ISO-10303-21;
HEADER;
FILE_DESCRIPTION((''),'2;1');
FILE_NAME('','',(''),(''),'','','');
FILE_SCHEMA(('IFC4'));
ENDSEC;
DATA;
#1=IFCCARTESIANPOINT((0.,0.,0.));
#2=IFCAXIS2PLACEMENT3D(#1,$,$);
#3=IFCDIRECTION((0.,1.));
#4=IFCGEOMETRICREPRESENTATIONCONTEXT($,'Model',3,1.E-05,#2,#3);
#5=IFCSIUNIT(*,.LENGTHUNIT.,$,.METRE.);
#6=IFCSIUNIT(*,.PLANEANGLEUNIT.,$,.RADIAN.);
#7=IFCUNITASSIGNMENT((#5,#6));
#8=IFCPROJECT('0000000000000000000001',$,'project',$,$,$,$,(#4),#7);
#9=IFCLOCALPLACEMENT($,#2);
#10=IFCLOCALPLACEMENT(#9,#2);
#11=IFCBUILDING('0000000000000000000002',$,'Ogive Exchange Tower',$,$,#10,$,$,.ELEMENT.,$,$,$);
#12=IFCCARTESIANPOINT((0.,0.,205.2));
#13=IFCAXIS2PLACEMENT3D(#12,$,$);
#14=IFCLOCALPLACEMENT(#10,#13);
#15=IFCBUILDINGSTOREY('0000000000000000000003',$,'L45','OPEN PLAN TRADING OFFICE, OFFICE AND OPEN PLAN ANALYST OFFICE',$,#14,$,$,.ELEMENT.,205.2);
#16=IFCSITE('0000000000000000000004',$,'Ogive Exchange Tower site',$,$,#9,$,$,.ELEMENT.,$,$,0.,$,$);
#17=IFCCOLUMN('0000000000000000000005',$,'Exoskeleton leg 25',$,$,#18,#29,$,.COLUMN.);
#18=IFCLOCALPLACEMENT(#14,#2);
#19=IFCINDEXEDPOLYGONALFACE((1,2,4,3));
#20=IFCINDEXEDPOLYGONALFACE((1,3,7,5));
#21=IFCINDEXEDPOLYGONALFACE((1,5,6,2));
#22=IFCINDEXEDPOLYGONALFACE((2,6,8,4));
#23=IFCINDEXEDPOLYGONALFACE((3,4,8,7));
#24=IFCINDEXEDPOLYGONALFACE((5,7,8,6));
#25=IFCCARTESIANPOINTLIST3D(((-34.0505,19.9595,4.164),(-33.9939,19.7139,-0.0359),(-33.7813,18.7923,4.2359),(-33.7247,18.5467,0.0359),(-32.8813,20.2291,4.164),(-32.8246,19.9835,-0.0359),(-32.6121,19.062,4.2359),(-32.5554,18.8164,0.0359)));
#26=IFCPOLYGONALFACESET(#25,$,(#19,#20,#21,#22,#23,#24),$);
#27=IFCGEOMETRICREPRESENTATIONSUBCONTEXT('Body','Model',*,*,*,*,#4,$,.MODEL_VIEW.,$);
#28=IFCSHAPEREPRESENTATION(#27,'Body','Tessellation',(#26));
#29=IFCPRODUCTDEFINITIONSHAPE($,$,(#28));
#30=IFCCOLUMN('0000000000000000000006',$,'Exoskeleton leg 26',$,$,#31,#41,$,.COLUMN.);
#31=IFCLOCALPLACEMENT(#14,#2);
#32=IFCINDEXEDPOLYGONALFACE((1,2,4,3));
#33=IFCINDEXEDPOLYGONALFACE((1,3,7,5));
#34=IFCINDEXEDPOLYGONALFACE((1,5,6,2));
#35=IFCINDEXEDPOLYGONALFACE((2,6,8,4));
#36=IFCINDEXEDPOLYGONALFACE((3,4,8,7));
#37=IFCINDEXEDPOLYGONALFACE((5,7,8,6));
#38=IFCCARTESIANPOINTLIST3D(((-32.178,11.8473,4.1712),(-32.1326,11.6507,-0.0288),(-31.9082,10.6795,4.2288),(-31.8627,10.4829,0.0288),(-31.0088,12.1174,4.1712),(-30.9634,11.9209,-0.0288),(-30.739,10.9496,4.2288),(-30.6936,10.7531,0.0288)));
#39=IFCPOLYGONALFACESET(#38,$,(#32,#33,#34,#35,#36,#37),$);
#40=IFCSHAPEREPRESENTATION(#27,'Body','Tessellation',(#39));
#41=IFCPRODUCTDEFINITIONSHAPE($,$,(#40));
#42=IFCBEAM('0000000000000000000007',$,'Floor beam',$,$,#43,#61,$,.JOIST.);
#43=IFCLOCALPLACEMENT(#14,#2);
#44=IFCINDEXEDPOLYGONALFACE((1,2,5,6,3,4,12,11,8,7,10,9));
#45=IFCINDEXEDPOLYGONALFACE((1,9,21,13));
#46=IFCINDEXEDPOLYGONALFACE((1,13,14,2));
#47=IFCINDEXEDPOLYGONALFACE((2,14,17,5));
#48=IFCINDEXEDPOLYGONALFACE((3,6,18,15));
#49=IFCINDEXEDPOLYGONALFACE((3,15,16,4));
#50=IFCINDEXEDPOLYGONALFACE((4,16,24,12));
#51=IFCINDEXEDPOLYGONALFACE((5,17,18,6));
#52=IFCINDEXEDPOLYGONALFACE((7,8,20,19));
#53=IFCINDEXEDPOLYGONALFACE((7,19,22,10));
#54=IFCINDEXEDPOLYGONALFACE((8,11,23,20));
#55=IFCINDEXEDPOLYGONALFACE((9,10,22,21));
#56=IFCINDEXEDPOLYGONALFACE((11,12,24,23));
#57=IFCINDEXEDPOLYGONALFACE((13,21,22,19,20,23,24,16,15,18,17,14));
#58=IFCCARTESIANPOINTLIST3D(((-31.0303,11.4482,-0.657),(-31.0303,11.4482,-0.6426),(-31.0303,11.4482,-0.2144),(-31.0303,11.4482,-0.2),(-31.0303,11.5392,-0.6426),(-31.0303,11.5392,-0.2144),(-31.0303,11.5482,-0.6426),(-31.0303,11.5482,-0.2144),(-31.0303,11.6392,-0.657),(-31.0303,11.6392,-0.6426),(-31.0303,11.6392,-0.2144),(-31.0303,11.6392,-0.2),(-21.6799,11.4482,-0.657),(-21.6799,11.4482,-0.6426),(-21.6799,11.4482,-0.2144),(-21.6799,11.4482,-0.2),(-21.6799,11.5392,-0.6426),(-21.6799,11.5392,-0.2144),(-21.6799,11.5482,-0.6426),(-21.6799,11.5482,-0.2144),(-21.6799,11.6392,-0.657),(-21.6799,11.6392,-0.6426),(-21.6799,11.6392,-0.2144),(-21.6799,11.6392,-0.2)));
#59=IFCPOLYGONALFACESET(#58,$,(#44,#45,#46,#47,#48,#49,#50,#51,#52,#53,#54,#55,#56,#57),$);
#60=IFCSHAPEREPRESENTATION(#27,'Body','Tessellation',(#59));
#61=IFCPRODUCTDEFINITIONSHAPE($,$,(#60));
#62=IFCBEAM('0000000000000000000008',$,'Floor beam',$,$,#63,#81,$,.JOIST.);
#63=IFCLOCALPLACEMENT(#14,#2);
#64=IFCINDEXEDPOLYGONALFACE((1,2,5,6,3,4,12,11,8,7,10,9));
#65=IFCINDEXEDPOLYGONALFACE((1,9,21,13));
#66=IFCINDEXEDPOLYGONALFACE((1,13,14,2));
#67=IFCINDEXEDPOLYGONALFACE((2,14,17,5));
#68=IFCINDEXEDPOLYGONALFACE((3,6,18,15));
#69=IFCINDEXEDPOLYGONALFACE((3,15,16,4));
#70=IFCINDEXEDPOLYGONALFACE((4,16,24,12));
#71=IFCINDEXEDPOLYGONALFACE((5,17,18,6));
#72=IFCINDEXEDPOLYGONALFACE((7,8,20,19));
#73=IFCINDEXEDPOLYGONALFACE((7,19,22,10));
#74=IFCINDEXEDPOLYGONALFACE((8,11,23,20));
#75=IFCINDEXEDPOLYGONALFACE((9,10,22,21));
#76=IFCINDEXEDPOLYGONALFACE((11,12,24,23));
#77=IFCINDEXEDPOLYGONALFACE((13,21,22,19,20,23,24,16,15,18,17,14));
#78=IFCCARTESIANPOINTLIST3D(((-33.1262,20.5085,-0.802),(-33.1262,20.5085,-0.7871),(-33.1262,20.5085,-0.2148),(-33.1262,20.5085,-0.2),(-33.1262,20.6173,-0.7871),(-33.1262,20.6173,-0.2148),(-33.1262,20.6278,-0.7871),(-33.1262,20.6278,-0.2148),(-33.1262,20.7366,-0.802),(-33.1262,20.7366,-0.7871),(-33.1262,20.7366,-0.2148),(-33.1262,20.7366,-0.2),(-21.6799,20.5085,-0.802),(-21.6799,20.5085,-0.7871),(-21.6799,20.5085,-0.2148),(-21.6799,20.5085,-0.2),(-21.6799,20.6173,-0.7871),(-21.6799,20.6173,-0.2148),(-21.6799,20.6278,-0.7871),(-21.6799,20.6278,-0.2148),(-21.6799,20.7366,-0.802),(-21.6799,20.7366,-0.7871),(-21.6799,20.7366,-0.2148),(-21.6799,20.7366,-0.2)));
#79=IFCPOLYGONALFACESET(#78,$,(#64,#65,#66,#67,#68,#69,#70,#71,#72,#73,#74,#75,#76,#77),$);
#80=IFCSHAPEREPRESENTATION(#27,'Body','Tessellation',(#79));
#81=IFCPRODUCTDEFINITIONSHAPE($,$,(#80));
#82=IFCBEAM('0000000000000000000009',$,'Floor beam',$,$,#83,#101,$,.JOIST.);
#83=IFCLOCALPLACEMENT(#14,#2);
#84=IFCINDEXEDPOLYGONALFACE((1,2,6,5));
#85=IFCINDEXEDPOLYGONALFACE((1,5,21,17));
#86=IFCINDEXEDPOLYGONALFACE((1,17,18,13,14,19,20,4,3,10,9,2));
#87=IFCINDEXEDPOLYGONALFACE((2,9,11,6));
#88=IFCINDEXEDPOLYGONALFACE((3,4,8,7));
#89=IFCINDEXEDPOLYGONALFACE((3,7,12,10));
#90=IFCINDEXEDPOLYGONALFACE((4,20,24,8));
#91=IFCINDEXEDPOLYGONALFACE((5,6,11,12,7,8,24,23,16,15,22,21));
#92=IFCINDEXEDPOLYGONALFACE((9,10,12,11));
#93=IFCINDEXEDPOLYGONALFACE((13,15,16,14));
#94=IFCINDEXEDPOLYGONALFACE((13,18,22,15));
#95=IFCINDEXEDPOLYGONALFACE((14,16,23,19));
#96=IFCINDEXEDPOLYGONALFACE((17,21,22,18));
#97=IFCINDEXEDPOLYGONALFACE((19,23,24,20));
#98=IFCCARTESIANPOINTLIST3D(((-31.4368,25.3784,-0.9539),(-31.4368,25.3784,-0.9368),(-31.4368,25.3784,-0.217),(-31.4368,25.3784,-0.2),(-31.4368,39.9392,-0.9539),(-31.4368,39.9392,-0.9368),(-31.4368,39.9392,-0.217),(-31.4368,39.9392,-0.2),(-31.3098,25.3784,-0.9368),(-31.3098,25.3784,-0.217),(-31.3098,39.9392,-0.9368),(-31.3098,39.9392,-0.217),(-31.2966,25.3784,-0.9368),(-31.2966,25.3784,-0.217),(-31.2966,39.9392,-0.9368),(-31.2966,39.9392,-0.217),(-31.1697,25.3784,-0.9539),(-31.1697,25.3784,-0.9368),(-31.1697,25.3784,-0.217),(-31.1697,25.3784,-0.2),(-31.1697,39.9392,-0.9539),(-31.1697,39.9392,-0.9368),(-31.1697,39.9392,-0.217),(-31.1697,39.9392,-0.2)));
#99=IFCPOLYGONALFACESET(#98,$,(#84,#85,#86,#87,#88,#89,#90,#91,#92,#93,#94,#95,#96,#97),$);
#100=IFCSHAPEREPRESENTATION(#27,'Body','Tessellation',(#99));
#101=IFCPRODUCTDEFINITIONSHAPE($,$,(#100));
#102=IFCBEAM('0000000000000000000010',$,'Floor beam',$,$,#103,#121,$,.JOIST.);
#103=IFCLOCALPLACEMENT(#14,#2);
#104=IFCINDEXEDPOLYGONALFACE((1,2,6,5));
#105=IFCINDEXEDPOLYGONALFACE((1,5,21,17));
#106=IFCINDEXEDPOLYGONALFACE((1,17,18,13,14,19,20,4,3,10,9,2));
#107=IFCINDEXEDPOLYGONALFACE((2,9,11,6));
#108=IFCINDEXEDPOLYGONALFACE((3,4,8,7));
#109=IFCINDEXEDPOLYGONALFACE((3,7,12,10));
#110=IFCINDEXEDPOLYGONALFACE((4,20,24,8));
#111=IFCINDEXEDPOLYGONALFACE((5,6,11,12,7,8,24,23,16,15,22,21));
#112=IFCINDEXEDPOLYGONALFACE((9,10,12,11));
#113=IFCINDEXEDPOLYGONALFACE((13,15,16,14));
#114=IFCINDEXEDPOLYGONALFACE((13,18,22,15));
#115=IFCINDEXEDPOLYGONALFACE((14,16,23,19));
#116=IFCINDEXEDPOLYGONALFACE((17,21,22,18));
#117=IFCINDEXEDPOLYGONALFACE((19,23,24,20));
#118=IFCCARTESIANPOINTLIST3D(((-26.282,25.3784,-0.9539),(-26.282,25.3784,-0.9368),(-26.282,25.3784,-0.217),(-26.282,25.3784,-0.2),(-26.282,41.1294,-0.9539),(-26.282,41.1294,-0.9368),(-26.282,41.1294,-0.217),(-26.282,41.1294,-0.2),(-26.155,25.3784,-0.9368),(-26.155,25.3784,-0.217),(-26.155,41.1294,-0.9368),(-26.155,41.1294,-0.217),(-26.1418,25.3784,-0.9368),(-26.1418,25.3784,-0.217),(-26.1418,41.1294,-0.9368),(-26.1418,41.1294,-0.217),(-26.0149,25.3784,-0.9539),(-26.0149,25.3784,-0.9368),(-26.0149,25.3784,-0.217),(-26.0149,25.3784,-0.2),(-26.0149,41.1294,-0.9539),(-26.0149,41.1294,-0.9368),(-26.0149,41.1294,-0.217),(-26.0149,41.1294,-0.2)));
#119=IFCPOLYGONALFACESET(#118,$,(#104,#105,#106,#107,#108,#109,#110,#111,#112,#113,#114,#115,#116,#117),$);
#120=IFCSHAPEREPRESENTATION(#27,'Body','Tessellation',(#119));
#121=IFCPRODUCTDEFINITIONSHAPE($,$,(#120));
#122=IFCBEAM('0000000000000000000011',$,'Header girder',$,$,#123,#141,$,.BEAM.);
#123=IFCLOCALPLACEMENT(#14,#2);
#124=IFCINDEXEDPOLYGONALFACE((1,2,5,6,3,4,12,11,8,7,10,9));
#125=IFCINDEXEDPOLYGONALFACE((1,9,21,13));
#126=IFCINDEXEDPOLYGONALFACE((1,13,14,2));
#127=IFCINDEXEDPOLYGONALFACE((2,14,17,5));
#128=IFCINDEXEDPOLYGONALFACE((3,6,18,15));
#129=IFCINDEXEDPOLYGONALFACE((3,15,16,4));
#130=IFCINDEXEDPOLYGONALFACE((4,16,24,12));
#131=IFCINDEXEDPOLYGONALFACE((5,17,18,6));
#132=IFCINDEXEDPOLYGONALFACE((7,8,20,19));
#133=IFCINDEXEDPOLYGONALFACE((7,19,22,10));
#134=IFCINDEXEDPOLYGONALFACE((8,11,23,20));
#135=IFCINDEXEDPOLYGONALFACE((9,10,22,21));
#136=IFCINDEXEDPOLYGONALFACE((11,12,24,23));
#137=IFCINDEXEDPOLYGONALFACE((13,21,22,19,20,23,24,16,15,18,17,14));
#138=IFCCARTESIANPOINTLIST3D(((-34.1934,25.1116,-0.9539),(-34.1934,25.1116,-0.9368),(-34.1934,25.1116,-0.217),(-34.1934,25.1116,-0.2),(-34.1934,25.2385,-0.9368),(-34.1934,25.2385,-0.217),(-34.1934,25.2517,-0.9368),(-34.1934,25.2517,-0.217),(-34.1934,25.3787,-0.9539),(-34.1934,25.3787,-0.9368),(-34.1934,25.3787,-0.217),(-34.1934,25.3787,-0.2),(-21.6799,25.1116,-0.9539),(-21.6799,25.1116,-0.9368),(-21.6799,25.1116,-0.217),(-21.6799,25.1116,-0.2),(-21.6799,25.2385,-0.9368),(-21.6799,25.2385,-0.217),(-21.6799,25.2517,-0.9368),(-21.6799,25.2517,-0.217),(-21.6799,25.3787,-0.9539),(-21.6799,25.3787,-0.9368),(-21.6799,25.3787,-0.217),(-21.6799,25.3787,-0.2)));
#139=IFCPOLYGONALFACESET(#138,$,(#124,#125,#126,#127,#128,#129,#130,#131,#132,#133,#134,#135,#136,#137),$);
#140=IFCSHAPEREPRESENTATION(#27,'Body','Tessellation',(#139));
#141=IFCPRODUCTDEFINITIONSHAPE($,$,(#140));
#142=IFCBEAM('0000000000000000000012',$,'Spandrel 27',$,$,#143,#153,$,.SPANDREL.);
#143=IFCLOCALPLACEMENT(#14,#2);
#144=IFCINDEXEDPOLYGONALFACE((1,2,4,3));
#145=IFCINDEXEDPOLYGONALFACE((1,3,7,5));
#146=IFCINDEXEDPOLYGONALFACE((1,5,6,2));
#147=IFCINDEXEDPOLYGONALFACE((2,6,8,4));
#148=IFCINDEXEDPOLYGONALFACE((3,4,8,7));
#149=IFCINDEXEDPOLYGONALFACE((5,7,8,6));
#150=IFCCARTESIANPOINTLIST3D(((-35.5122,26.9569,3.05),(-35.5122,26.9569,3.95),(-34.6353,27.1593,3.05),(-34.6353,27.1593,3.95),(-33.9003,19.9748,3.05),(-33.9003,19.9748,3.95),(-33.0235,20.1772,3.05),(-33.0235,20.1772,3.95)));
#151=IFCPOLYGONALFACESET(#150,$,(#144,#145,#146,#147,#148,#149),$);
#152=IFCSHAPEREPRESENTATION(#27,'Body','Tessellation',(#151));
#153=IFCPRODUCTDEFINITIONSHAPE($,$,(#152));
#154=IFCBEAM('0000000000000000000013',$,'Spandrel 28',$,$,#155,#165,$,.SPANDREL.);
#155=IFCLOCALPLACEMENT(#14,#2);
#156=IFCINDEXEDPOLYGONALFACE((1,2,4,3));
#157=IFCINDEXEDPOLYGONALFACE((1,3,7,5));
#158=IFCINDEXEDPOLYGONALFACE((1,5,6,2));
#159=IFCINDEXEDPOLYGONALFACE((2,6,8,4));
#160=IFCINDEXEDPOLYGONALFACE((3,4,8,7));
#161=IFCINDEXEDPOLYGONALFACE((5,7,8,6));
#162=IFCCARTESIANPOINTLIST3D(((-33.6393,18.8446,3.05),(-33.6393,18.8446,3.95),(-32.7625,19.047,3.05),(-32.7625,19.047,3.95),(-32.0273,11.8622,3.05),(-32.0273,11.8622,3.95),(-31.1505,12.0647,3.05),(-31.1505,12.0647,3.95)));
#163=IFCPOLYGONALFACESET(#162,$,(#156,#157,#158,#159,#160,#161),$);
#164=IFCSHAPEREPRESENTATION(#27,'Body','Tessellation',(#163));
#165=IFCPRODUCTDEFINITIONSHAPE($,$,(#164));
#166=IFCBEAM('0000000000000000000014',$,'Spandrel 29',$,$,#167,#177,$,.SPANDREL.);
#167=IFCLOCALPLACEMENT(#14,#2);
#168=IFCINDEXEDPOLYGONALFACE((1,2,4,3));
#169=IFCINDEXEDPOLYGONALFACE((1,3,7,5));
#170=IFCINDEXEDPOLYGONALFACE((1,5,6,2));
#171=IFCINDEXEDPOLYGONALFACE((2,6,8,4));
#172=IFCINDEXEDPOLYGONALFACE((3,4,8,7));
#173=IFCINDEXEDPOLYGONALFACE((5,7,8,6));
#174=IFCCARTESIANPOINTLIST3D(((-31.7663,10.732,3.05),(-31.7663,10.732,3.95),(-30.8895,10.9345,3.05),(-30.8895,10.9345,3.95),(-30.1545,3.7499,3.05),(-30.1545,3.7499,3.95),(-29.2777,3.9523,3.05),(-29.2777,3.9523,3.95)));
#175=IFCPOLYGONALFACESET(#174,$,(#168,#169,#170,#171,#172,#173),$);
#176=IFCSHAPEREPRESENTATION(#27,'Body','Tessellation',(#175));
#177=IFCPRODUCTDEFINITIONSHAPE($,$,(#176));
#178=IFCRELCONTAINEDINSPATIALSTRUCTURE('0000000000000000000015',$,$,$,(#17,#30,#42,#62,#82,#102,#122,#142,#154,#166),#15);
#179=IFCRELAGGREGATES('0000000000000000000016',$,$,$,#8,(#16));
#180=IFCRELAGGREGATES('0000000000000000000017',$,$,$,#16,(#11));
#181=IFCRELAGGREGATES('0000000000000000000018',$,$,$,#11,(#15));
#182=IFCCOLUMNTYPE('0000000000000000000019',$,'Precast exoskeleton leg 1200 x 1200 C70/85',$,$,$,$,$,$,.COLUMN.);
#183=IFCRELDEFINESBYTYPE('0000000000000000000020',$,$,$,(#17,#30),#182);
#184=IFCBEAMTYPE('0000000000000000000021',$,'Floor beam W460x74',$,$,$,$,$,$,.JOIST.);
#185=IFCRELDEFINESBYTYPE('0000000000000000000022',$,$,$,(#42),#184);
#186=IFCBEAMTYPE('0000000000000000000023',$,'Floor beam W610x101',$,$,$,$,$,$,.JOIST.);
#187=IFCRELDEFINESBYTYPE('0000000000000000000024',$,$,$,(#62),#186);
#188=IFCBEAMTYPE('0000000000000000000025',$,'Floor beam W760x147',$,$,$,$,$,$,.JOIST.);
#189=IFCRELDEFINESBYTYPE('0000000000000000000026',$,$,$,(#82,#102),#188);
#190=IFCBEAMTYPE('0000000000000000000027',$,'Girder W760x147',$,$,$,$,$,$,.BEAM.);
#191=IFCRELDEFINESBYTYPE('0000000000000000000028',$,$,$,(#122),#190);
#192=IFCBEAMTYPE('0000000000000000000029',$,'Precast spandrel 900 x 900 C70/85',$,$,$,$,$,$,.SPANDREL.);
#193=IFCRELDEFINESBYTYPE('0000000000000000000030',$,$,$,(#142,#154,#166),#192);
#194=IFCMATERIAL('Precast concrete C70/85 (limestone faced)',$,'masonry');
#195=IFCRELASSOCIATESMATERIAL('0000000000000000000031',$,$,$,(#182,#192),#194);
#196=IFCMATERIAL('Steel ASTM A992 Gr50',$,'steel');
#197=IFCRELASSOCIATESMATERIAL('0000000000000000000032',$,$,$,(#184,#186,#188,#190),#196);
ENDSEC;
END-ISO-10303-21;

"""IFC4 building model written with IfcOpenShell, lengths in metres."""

from ifc_helpers import new_model, si_unit, direction, frame, origin, origin_2d, place, context, subcontext, project, spatial, rectangle, i_section, extrude, material, material_profile, profile_set, type_object, element, save


model = new_model("IFC4")

# Units and contexts
model_context = context("Model", 3, precision=1e-05, world=origin(), true_north=direction((0.0, 1.0)))
body_context = subcontext(model_context, "Body", "Model", "MODEL_VIEW")
ifc_project = project(units=[si_unit("LENGTHUNIT", "METRE"), si_unit("PLANEANGLEUNIT", "RADIAN")], contexts=[model_context])

# Site, building, storey
site_placement = place(None, origin())
site = spatial("IfcSite", under=ifc_project, at=site_placement, Name="Ogive Exchange Tower site", CompositionType="ELEMENT", RefElevation=0.0)
building_placement = place(site_placement, origin())
building = spatial("IfcBuilding", under=site, at=building_placement, Name="Ogive Exchange Tower", CompositionType="ELEMENT")
storey_placement = place(building_placement, frame((0.0, 0.0, 205.2)))
storey = spatial("IfcBuildingStorey", under=building, at=storey_placement, Name="L45", Description="OPEN PLAN TRADING OFFICE, OFFICE AND OPEN PLAN ANALYST OFFICE", CompositionType="ELEMENT", Elevation=205.2)

# Columns
ifc_material_1 = material(Name="Precast concrete C70/85 (limestone faced)", Category="masonry")
ifc_material_profile_1 = material_profile(ifc_material_1, rectangle(XDim=1.2, YDim=1.2, at=origin_2d()), Name="1200 x 1200")
ifc_profile_set_1 = profile_set([ifc_material_profile_1], Name="Precast concrete C70/85 (limestone faced)")
column_type = type_object("IfcColumnType", Name="Precast exoskeleton leg 1200 x 1200 C70/85", PredefinedType="COLUMN", material=ifc_profile_set_1)
column_1_placement = place(storey_placement, frame((-33.2747, 19.2651, 0.0), z_axis=(-0.013462, 0.058373, 0.998204), x_axis=(-0.974424, -0.224718, 0.0)))
element("IfcColumn", 1, at=column_1_placement, inside=storey, type_object=column_type, Name="Exoskeleton leg 25", PredefinedType="COLUMN", context=body_context, shape_type="SweptSolid", body=[
    extrude(rectangle(XDim=1.2, YDim=1.2, at=origin_2d()), origin(), (0.0, 0.0, 1.0), 4.2075),
])
column_2_placement = place(storey_placement, frame((-31.4131, 11.2019, 0.0), z_axis=(-0.0108, 0.04674, 0.998849), x_axis=(-0.97433, -0.225125, 0.0)))
element("IfcColumn", 2, at=column_2_placement, inside=storey, type_object=column_type, Name="Exoskeleton leg 26", PredefinedType="COLUMN", context=body_context, shape_type="SweptSolid", body=[
    extrude(rectangle(XDim=1.2, YDim=1.2, at=origin_2d()), origin(), (0.0, 0.0, 1.0), 4.2048),
])

# Beams
ifc_material_2 = material(Name="Steel ASTM A992 Gr50", Category="steel")
ifc_material_profile_2 = material_profile(ifc_material_2, i_section(OverallWidth=0.1909, OverallDepth=0.457, WebThickness=0.009, FlangeThickness=0.0144, at=origin_2d()), Name="W460x74")
ifc_profile_set_2 = profile_set([ifc_material_profile_2], Name="Steel ASTM A992 Gr50")
beam_type_1 = type_object("IfcBeamType", Name="Floor beam W460x74", PredefinedType="JOIST", material=ifc_profile_set_2)
beam_1_placement = place(storey_placement, frame((-31.0303, 11.5437, -0.4285), z_axis=(1.0, 0.0, 0.0), x_axis=(0.0, 1.0, 0.0)))
element("IfcBeam", 3, at=beam_1_placement, inside=storey, type_object=beam_type_1, Name="Floor beam", PredefinedType="JOIST", context=body_context, shape_type="SweptSolid", body=[
    extrude(i_section(OverallWidth=0.1909, OverallDepth=0.457, WebThickness=0.009, FlangeThickness=0.0144, at=origin_2d()), origin(), (0.0, 0.0, 1.0), 9.3503),
])
ifc_material_profile_3 = material_profile(ifc_material_2, i_section(OverallWidth=0.228, OverallDepth=0.6021, WebThickness=0.0105, FlangeThickness=0.0149, at=origin_2d()), Name="W610x101")
ifc_profile_set_3 = profile_set([ifc_material_profile_3], Name="Steel ASTM A992 Gr50")
beam_type_2 = type_object("IfcBeamType", Name="Floor beam W610x101", PredefinedType="JOIST", material=ifc_profile_set_3)
beam_2_placement = place(storey_placement, frame((-33.1262, 20.6226, -0.501), z_axis=(1.0, 0.0, 0.0), x_axis=(0.0, 1.0, 0.0)))
element("IfcBeam", 4, at=beam_2_placement, inside=storey, type_object=beam_type_2, Name="Floor beam", PredefinedType="JOIST", context=body_context, shape_type="SweptSolid", body=[
    extrude(i_section(OverallWidth=0.228, OverallDepth=0.6021, WebThickness=0.0105, FlangeThickness=0.0149, at=origin_2d()), origin(), (0.0, 0.0, 1.0), 11.4463),
])
ifc_material_profile_4 = material_profile(ifc_material_2, i_section(OverallWidth=0.2671, OverallDepth=0.7539, WebThickness=0.0132, FlangeThickness=0.0171, at=origin_2d()), Name="W760x147")
ifc_profile_set_4 = profile_set([ifc_material_profile_4], Name="Steel ASTM A992 Gr50")
beam_type_3 = type_object("IfcBeamType", Name="Floor beam W760x147", PredefinedType="JOIST", material=ifc_profile_set_4)
beam_3_placement = place(storey_placement, frame((-31.3032, 25.3784, -0.5769), z_axis=(0.0, 1.0, 0.0), x_axis=(-1.0, 0.0, 0.0)))
element("IfcBeam", 5, at=beam_3_placement, inside=storey, type_object=beam_type_3, Name="Floor beam", PredefinedType="JOIST", context=body_context, shape_type="SweptSolid", body=[
    extrude(i_section(OverallWidth=0.2671, OverallDepth=0.7539, WebThickness=0.0132, FlangeThickness=0.0171, at=origin_2d()), origin(), (0.0, 0.0, 1.0), 14.5608),
])
beam_4_placement = place(storey_placement, frame((-26.1484, 25.3784, -0.5769), z_axis=(0.0, 1.0, 0.0), x_axis=(-1.0, 0.0, 0.0)))
element("IfcBeam", 6, at=beam_4_placement, inside=storey, type_object=beam_type_3, Name="Floor beam", PredefinedType="JOIST", context=body_context, shape_type="SweptSolid", body=[
    extrude(i_section(OverallWidth=0.2671, OverallDepth=0.7539, WebThickness=0.0132, FlangeThickness=0.0171, at=origin_2d()), origin(), (0.0, 0.0, 1.0), 15.751),
])
ifc_material_profile_5 = material_profile(ifc_material_2, i_section(OverallWidth=0.2671, OverallDepth=0.7539, WebThickness=0.0132, FlangeThickness=0.0171, at=origin_2d()), Name="W760x147")
ifc_profile_set_5 = profile_set([ifc_material_profile_5], Name="Steel ASTM A992 Gr50")
beam_type_4 = type_object("IfcBeamType", Name="Girder W760x147", PredefinedType="BEAM", material=ifc_profile_set_5)
beam_5_placement = place(storey_placement, frame((-34.1934, 25.2451, -0.5769), z_axis=(1.0, 0.0, 0.0), x_axis=(0.0, 1.0, 0.0)))
element("IfcBeam", 7, at=beam_5_placement, inside=storey, type_object=beam_type_4, Name="Header girder", PredefinedType="BEAM", context=body_context, shape_type="SweptSolid", body=[
    extrude(i_section(OverallWidth=0.2671, OverallDepth=0.7539, WebThickness=0.0132, FlangeThickness=0.0171, at=origin_2d()), origin(), (0.0, 0.0, 1.0), 12.5134),
])
ifc_material_profile_6 = material_profile(ifc_material_1, rectangle(XDim=0.8999, YDim=0.8999, at=origin_2d()), Name="900 x 900")
ifc_profile_set_6 = profile_set([ifc_material_profile_6], Name="Precast concrete C70/85 (limestone faced)")
beam_type_5 = type_object("IfcBeamType", Name="Precast spandrel 900 x 900 C70/85", PredefinedType="SPANDREL", material=ifc_profile_set_6)
beam_6_placement = place(storey_placement, frame((-35.0737, 27.0581, 3.5), z_axis=(0.224932, -0.974375, 0.0), x_axis=(0.974375, 0.224932, 0.0)))
element("IfcBeam", 8, at=beam_6_placement, inside=storey, type_object=beam_type_5, Name="Spandrel 27", PredefinedType="SPANDREL", context=body_context, shape_type="SweptSolid", body=[
    extrude(rectangle(XDim=0.8999, YDim=0.8999, at=origin_2d()), origin(), (0.0, 0.0, 1.0), 7.1658),
])
beam_7_placement = place(storey_placement, frame((-33.2009, 18.9458, 3.5), z_axis=(0.224957, -0.974369, 0.0), x_axis=(0.974369, 0.224957, 0.0)))
element("IfcBeam", 9, at=beam_7_placement, inside=storey, type_object=beam_type_5, Name="Spandrel 28", PredefinedType="SPANDREL", context=body_context, shape_type="SweptSolid", body=[
    extrude(rectangle(XDim=0.8999, YDim=0.8999, at=origin_2d()), origin(), (0.0, 0.0, 1.0), 7.166),
])
beam_8_placement = place(storey_placement, frame((-31.3279, 10.8333, 3.5), z_axis=(0.224932, -0.974375, 0.0), x_axis=(0.974375, 0.224932, 0.0)))
element("IfcBeam", 10, at=beam_8_placement, inside=storey, type_object=beam_type_5, Name="Spandrel 29", PredefinedType="SPANDREL", context=body_context, shape_type="SweptSolid", body=[
    extrude(rectangle(XDim=0.8999, YDim=0.8999, at=origin_2d()), origin(), (0.0, 0.0, 1.0), 7.1658),
])

save(model, "model.ifc")
